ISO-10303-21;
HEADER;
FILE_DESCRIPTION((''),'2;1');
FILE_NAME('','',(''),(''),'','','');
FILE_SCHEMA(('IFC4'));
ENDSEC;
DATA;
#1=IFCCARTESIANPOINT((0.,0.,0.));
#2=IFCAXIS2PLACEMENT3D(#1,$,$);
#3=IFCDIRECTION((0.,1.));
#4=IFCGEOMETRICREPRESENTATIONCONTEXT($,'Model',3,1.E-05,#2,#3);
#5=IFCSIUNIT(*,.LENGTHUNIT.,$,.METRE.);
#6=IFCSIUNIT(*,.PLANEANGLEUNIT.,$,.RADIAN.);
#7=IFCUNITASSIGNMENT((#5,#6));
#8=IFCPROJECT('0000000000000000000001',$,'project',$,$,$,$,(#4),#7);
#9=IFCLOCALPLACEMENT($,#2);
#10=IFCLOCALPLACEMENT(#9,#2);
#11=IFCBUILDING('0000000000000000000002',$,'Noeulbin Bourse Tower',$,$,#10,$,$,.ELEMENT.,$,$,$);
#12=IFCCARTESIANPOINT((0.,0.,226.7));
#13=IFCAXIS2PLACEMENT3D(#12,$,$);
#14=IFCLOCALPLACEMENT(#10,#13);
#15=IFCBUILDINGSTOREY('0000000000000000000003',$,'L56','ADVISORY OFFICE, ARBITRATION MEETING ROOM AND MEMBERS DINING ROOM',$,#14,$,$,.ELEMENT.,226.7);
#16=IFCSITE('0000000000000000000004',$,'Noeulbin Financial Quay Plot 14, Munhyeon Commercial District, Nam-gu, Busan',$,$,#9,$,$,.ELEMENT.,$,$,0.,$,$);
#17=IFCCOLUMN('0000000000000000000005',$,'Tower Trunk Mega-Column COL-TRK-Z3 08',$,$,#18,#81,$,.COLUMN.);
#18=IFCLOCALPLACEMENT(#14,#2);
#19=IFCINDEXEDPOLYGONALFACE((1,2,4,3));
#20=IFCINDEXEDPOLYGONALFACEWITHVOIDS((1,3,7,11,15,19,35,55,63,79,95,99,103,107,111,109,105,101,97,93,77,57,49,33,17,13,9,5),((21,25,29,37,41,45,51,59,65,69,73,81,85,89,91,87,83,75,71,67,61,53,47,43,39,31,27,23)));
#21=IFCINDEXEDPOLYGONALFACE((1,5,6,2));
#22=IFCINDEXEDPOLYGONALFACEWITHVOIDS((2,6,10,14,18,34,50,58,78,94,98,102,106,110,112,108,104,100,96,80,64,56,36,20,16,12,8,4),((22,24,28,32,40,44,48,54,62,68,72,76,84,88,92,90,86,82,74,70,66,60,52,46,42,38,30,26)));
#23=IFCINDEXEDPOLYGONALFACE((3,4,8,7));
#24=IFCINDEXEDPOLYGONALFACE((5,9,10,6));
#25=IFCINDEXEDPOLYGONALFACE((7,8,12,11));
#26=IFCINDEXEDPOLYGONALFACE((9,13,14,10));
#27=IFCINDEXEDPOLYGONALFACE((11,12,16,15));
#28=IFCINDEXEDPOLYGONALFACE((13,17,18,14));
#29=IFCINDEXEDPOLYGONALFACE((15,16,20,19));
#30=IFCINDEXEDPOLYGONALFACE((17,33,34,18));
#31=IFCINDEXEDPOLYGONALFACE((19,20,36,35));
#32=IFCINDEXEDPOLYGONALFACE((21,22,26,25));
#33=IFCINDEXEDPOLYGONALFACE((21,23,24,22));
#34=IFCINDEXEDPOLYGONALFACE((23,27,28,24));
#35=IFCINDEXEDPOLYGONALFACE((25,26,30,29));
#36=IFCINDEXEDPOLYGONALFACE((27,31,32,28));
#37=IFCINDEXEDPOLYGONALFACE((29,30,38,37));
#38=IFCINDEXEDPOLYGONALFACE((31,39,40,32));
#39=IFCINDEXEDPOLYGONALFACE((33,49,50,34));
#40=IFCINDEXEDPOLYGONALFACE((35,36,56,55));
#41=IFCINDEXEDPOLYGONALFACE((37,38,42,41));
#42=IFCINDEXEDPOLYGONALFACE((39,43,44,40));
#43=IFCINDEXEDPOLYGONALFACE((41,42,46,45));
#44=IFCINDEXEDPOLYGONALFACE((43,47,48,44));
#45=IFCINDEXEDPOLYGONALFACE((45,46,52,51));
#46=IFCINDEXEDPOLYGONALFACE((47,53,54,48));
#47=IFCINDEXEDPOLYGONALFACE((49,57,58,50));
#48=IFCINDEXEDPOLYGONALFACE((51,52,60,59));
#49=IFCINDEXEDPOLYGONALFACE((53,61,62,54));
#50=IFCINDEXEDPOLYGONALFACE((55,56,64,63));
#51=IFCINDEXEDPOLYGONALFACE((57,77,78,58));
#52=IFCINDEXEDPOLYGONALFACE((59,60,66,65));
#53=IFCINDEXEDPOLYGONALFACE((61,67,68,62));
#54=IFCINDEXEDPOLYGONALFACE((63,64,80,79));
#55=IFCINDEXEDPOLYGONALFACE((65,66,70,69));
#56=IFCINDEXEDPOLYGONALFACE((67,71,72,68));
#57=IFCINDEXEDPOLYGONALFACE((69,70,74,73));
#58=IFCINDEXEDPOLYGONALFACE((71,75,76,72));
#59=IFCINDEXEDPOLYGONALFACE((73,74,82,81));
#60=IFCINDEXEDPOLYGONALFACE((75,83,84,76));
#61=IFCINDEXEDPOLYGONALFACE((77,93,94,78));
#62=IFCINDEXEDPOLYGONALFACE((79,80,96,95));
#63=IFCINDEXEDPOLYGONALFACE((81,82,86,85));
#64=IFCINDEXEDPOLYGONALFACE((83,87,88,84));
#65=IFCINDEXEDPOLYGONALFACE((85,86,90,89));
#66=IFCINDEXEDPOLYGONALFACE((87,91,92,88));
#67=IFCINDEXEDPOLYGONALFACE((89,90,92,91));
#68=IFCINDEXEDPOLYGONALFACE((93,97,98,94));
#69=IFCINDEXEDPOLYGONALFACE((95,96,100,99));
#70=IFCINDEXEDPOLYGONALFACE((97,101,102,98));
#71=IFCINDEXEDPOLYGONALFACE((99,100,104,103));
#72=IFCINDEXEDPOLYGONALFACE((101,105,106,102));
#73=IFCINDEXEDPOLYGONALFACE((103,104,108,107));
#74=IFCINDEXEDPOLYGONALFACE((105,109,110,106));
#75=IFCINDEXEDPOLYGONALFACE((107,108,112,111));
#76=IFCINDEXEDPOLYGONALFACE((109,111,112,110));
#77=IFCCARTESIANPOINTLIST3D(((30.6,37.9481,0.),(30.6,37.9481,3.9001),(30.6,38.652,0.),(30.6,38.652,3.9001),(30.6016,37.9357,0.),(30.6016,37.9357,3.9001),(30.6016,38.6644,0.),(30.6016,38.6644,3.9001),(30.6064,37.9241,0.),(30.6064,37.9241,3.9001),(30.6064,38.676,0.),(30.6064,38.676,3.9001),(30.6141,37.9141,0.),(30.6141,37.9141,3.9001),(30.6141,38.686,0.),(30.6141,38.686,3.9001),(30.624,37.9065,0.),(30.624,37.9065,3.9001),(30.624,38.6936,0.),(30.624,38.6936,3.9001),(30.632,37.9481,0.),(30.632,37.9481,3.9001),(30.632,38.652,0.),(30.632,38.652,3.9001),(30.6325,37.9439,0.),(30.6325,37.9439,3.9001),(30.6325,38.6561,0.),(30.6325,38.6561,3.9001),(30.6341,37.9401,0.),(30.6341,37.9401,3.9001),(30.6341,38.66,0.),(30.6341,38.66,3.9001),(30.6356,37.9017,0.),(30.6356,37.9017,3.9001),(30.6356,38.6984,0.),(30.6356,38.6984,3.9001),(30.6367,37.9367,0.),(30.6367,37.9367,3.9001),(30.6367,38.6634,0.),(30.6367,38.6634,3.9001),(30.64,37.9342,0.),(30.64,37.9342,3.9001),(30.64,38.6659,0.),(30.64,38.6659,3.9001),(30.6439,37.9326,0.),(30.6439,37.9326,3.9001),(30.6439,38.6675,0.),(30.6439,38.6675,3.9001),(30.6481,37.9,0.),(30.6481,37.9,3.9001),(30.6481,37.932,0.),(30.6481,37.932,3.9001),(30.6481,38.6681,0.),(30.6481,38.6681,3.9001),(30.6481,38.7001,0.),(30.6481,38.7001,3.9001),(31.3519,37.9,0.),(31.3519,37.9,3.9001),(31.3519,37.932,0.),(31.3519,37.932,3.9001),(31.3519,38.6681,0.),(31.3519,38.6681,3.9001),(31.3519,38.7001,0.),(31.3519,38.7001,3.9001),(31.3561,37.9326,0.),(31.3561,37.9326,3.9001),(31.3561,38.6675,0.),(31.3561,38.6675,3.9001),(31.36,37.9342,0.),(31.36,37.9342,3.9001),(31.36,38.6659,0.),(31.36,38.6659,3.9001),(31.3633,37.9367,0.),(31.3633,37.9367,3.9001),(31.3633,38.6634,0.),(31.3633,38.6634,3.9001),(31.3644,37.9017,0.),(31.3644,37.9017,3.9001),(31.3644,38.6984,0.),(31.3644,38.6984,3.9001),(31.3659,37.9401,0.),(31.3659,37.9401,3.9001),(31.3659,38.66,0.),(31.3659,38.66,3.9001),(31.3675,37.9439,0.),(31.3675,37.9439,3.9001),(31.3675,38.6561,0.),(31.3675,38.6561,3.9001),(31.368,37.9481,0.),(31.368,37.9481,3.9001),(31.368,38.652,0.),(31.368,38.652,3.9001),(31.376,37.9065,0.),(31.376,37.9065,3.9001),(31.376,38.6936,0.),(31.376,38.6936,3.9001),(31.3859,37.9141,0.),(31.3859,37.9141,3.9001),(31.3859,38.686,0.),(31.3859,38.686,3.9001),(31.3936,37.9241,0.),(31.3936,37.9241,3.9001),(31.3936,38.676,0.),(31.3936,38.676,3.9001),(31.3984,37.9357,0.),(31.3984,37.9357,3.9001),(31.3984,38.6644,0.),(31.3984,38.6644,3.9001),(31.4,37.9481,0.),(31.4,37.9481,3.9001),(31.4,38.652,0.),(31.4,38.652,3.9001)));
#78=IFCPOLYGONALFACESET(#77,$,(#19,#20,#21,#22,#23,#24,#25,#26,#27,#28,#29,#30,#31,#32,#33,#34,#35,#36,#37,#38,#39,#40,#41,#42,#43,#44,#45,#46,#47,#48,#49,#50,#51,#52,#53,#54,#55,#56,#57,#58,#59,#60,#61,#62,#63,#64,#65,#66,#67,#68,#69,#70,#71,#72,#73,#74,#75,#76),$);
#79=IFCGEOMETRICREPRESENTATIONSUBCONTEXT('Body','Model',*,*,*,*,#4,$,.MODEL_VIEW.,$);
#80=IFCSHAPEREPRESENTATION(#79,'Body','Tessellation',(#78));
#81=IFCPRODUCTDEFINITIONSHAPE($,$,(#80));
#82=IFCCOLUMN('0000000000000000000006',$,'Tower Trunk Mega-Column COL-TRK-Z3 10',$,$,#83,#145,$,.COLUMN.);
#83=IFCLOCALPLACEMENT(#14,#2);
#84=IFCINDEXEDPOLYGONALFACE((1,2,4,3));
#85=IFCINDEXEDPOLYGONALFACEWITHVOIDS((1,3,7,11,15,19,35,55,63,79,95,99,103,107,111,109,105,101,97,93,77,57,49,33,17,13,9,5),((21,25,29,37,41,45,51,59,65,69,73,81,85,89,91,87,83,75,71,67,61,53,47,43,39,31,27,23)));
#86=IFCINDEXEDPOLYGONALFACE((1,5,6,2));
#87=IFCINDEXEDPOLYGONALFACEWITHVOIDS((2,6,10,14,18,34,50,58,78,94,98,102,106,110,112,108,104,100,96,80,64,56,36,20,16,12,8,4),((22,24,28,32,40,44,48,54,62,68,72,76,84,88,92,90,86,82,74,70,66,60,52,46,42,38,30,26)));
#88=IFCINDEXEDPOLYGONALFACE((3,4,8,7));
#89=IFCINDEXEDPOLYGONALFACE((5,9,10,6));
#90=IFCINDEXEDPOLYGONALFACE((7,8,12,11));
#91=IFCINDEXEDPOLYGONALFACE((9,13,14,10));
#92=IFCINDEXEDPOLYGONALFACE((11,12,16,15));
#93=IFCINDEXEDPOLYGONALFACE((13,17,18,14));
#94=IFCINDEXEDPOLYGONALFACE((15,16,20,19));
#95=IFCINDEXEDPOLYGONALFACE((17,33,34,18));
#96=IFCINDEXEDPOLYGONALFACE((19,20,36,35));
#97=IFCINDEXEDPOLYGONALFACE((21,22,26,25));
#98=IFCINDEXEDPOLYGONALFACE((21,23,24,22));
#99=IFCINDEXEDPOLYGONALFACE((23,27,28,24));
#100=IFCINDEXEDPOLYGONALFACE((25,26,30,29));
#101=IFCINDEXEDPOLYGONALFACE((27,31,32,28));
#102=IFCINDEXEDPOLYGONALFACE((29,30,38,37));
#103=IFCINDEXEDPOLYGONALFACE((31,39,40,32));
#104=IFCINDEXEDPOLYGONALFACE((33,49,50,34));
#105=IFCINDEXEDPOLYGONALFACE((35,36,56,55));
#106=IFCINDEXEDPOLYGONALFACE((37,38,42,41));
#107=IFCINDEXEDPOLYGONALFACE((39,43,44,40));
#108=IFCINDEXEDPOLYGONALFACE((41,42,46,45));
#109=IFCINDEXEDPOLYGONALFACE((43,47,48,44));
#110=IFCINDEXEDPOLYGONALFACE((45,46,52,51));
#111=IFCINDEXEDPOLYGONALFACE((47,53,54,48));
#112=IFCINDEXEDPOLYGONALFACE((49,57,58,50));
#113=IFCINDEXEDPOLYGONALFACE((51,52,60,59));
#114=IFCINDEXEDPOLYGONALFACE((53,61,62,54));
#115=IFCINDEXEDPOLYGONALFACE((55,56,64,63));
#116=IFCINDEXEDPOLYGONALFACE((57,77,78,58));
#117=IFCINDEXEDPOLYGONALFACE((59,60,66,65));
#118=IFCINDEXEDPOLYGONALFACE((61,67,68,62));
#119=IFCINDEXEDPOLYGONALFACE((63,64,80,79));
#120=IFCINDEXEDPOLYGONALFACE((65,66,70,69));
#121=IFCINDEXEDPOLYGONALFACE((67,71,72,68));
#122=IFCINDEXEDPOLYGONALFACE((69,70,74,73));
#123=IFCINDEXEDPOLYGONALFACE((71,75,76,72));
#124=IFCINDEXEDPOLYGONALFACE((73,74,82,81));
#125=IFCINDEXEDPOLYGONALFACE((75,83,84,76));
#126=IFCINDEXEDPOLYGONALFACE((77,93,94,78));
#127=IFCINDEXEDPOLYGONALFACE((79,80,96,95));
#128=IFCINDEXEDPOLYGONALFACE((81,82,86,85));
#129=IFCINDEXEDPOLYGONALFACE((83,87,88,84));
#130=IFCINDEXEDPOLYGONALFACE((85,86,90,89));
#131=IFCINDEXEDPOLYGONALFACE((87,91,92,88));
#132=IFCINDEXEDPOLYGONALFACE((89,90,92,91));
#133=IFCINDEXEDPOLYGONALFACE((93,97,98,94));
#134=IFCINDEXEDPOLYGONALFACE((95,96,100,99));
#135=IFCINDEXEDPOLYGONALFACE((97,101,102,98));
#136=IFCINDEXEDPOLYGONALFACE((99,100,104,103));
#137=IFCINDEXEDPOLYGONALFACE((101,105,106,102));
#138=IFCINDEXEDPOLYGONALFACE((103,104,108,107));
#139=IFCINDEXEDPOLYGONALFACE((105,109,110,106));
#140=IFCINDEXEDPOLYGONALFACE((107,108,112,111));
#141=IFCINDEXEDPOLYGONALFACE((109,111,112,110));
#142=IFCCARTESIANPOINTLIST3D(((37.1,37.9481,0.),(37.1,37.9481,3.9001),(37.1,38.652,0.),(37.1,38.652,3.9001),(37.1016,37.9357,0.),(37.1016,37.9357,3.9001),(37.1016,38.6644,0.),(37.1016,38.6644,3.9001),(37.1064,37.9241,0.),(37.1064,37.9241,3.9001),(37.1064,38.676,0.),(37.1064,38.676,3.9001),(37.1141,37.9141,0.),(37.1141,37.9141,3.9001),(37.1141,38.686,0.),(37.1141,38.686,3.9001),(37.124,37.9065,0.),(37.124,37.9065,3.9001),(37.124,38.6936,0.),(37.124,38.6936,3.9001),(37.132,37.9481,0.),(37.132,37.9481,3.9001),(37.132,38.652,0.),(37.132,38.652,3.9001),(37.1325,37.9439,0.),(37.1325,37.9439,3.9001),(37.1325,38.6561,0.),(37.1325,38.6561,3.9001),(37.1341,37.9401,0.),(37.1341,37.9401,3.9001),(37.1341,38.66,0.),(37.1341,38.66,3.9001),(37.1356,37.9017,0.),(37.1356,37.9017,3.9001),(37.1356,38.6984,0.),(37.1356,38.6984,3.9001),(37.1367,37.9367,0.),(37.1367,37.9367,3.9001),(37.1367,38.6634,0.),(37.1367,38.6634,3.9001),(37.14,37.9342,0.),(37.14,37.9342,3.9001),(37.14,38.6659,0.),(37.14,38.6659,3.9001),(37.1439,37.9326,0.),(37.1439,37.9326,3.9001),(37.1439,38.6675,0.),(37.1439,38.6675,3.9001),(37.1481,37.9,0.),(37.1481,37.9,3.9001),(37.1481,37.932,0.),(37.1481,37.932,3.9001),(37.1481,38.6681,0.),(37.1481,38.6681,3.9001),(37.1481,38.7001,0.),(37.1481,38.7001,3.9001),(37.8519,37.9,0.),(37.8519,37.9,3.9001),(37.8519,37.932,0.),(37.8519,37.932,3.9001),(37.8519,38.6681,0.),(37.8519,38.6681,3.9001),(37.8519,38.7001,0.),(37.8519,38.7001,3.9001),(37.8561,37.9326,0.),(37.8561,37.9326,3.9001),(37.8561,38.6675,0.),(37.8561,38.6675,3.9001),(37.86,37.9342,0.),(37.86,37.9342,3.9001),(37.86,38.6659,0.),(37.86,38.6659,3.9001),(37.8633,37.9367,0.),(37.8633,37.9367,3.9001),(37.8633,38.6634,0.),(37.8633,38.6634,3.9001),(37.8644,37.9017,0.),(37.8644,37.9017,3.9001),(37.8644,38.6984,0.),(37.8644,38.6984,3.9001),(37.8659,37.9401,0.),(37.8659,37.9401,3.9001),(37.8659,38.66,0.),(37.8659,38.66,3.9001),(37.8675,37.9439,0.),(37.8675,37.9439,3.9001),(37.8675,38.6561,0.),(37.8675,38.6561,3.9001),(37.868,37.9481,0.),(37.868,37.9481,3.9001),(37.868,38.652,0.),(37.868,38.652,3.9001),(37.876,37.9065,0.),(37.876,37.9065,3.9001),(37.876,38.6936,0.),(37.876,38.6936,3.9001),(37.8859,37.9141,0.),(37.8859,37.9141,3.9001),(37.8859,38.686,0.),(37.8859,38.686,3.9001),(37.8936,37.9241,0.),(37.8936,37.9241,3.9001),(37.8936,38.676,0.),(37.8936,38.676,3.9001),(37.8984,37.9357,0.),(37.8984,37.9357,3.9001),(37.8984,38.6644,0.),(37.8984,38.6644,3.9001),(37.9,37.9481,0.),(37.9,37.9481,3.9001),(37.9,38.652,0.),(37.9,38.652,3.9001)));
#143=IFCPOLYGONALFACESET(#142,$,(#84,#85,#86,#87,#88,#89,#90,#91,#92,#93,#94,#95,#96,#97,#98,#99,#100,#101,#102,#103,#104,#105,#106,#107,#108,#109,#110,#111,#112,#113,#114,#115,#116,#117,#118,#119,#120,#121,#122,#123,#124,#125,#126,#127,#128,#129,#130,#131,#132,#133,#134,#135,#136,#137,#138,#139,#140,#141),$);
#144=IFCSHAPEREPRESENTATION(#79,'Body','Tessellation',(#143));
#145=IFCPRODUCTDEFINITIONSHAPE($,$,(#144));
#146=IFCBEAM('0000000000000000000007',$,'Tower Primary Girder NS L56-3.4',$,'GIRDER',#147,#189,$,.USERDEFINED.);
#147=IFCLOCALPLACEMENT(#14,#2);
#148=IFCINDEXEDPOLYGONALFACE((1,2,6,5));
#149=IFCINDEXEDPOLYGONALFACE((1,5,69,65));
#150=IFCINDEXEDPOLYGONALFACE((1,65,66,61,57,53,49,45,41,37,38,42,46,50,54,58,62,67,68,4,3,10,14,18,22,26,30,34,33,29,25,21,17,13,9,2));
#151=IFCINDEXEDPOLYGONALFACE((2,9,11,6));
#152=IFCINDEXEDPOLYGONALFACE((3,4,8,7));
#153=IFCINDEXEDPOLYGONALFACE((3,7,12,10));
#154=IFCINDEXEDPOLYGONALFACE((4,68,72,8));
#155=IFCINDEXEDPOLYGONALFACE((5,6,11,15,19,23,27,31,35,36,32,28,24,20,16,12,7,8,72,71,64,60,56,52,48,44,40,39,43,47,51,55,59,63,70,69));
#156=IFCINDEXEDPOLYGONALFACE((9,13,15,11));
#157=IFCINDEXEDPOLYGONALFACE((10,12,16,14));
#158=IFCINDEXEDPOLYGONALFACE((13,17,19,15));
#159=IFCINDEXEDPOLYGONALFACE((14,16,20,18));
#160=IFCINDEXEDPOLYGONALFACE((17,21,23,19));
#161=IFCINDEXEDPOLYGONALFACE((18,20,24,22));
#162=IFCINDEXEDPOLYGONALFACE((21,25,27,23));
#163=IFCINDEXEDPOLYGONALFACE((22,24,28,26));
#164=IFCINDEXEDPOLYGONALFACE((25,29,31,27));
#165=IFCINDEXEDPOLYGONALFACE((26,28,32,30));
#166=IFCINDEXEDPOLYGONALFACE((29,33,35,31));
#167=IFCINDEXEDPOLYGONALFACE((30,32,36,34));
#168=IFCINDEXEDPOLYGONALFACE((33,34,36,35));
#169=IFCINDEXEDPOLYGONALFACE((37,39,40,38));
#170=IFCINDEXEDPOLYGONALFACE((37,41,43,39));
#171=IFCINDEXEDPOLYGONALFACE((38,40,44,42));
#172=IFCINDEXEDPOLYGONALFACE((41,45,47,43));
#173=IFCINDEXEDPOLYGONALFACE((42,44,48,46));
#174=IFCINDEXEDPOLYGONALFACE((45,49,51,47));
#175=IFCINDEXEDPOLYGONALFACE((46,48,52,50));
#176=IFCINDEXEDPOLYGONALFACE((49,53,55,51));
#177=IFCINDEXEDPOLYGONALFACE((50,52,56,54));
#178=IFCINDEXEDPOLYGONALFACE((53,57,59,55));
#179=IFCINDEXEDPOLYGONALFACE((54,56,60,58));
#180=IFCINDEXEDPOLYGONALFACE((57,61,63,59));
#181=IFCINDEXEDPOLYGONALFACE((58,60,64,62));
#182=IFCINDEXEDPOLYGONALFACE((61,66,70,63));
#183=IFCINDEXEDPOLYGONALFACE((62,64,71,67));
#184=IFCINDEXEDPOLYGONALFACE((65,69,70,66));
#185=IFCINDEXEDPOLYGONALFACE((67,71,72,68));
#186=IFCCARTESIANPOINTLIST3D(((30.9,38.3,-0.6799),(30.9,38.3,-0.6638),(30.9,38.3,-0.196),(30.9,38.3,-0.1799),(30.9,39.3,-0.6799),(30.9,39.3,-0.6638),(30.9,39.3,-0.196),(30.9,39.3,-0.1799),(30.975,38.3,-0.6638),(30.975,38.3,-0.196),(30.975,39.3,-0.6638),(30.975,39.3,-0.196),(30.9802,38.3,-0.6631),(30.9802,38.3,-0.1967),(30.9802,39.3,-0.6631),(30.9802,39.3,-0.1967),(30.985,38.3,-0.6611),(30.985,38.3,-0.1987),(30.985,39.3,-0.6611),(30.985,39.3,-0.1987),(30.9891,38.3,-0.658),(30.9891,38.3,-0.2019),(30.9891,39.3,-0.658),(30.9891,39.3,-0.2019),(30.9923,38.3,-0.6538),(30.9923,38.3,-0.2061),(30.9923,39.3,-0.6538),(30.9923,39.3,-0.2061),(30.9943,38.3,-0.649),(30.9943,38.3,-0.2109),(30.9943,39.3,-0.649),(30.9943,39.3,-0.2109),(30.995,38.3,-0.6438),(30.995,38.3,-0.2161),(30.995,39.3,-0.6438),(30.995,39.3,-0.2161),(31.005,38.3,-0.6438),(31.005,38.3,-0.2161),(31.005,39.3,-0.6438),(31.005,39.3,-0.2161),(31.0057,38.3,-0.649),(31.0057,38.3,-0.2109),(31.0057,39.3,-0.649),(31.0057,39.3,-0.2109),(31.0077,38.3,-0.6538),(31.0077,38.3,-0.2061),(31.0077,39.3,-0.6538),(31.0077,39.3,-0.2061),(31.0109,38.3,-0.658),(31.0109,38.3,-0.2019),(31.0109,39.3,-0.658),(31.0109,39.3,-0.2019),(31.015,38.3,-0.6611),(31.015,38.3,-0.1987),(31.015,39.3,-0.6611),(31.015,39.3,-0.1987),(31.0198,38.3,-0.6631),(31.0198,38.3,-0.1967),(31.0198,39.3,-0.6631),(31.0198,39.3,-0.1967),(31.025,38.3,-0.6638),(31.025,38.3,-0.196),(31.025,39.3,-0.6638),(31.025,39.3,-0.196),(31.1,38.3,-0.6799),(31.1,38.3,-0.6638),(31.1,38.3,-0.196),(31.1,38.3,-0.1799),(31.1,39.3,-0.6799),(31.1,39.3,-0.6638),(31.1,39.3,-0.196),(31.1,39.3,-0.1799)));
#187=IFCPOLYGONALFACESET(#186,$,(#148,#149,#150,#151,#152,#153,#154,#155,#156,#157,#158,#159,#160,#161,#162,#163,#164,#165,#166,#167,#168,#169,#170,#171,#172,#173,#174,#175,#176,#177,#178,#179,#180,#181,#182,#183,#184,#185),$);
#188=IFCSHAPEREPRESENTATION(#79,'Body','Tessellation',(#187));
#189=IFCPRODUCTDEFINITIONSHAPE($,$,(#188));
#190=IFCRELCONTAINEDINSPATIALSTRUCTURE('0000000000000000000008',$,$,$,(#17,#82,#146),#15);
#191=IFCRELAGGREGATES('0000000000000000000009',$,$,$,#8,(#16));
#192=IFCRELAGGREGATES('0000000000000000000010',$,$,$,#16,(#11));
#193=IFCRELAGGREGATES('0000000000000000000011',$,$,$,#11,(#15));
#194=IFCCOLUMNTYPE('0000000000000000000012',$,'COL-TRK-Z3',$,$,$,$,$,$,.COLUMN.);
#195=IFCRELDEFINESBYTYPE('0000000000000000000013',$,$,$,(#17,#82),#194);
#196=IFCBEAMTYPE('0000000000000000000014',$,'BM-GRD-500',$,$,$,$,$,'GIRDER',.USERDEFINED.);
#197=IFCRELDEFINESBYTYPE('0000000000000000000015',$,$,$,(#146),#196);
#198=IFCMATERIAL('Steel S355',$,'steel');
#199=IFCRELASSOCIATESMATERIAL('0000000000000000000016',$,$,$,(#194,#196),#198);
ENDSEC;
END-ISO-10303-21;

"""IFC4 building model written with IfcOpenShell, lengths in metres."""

from ifc_helpers import new_model, si_unit, direction, frame, origin, origin_2d, place, context, subcontext, project, spatial, hollow_rectangle, i_section, extrude, material, material_profile, profile_set, type_object, element, save


model = new_model("IFC4")

# Units and contexts
model_context = context("Model", 3, precision=1e-05, world=origin(), true_north=direction((0.0, 1.0)))
body_context = subcontext(model_context, "Body", "Model", "MODEL_VIEW")
ifc_project = project(units=[si_unit("LENGTHUNIT", "METRE"), si_unit("PLANEANGLEUNIT", "RADIAN")], contexts=[model_context])

# Site, building, storey
site_placement = place(None, origin())
site = spatial("IfcSite", under=ifc_project, at=site_placement, Name="Noeulbin Financial Quay Plot 14, Munhyeon Commercial District, Nam-gu, Busan", CompositionType="ELEMENT", RefElevation=0.0)
building_placement = place(site_placement, origin())
building = spatial("IfcBuilding", under=site, at=building_placement, Name="Noeulbin Bourse Tower", CompositionType="ELEMENT")
storey_placement = place(building_placement, frame((0.0, 0.0, 226.7)))
storey = spatial("IfcBuildingStorey", under=building, at=storey_placement, Name="L56", Description="ADVISORY OFFICE, ARBITRATION MEETING ROOM AND MEMBERS DINING ROOM", CompositionType="ELEMENT", Elevation=226.7)

# Columns
ifc_material_1 = material(Name="Steel S355", Category="steel")
ifc_material_profile_1 = material_profile(ifc_material_1, hollow_rectangle(XDim=0.8, YDim=0.8, WallThickness=0.032, InnerFilletRadius=0.0161, OuterFilletRadius=0.0481, at=origin_2d()), Name="BOX-800x800x32", Category="LoadBearing")
ifc_profile_set_1 = profile_set([ifc_material_profile_1], Name="Steel S355")
column_type = type_object("IfcColumnType", Name="COL-TRK-Z3", PredefinedType="COLUMN", material=ifc_profile_set_1)
for number, where, z_axis, x_axis, name in (
    (1, (31.0, 38.3, 0.0), (0.0, 0.0, 1.0), (1.0, 0.0, 0.0), "Tower Trunk Mega-Column COL-TRK-Z3 08"),
    (2, (37.5, 38.3, 0.0), (0.0, 0.0, 1.0), (1.0, 0.0, 0.0), "Tower Trunk Mega-Column COL-TRK-Z3 10"),
):
    element("IfcColumn", number, at=place(storey_placement, frame(where, z_axis=z_axis, x_axis=x_axis)), inside=storey, type_object=column_type, Name=name, PredefinedType="COLUMN", context=body_context, shape_type="SweptSolid", body=[
        extrude(hollow_rectangle(XDim=0.8, YDim=0.8, WallThickness=0.032, InnerFilletRadius=0.0161, OuterFilletRadius=0.0481, at=origin_2d()), origin(), (0.0, 0.0, 1.0), 3.9001),
    ])

# Beam
ifc_material_profile_2 = material_profile(ifc_material_1, i_section(OverallWidth=0.2, OverallDepth=0.5, WebThickness=0.01, FlangeThickness=0.0161, FilletRadius=0.02, at=origin_2d()), Name="H-500x200x10x16", Category="LoadBearing")
ifc_profile_set_2 = profile_set([ifc_material_profile_2], Name="Steel S355")
beam_type = type_object("IfcBeamType", Name="BM-GRD-500", ElementType="GIRDER", PredefinedType="USERDEFINED", material=ifc_profile_set_2)
for number, where, z_axis, x_axis, name in (
    (3, (31.0, 38.3, -0.4299), (0.0, 1.0, 0.0), (-1.0, 0.0, 0.0), "Tower Primary Girder NS L56-3.4"),
):
    element("IfcBeam", number, at=place(storey_placement, frame(where, z_axis=z_axis, x_axis=x_axis)), inside=storey, type_object=beam_type, Name=name, ObjectType="GIRDER", PredefinedType="USERDEFINED", context=body_context, shape_type="SweptSolid", body=[
        extrude(i_section(OverallWidth=0.2, OverallDepth=0.5, WebThickness=0.01, FlangeThickness=0.0161, FilletRadius=0.02, at=origin_2d()), origin(), (0.0, 0.0, 1.0), 1.0),
    ])

save(model, "model.ifc")
